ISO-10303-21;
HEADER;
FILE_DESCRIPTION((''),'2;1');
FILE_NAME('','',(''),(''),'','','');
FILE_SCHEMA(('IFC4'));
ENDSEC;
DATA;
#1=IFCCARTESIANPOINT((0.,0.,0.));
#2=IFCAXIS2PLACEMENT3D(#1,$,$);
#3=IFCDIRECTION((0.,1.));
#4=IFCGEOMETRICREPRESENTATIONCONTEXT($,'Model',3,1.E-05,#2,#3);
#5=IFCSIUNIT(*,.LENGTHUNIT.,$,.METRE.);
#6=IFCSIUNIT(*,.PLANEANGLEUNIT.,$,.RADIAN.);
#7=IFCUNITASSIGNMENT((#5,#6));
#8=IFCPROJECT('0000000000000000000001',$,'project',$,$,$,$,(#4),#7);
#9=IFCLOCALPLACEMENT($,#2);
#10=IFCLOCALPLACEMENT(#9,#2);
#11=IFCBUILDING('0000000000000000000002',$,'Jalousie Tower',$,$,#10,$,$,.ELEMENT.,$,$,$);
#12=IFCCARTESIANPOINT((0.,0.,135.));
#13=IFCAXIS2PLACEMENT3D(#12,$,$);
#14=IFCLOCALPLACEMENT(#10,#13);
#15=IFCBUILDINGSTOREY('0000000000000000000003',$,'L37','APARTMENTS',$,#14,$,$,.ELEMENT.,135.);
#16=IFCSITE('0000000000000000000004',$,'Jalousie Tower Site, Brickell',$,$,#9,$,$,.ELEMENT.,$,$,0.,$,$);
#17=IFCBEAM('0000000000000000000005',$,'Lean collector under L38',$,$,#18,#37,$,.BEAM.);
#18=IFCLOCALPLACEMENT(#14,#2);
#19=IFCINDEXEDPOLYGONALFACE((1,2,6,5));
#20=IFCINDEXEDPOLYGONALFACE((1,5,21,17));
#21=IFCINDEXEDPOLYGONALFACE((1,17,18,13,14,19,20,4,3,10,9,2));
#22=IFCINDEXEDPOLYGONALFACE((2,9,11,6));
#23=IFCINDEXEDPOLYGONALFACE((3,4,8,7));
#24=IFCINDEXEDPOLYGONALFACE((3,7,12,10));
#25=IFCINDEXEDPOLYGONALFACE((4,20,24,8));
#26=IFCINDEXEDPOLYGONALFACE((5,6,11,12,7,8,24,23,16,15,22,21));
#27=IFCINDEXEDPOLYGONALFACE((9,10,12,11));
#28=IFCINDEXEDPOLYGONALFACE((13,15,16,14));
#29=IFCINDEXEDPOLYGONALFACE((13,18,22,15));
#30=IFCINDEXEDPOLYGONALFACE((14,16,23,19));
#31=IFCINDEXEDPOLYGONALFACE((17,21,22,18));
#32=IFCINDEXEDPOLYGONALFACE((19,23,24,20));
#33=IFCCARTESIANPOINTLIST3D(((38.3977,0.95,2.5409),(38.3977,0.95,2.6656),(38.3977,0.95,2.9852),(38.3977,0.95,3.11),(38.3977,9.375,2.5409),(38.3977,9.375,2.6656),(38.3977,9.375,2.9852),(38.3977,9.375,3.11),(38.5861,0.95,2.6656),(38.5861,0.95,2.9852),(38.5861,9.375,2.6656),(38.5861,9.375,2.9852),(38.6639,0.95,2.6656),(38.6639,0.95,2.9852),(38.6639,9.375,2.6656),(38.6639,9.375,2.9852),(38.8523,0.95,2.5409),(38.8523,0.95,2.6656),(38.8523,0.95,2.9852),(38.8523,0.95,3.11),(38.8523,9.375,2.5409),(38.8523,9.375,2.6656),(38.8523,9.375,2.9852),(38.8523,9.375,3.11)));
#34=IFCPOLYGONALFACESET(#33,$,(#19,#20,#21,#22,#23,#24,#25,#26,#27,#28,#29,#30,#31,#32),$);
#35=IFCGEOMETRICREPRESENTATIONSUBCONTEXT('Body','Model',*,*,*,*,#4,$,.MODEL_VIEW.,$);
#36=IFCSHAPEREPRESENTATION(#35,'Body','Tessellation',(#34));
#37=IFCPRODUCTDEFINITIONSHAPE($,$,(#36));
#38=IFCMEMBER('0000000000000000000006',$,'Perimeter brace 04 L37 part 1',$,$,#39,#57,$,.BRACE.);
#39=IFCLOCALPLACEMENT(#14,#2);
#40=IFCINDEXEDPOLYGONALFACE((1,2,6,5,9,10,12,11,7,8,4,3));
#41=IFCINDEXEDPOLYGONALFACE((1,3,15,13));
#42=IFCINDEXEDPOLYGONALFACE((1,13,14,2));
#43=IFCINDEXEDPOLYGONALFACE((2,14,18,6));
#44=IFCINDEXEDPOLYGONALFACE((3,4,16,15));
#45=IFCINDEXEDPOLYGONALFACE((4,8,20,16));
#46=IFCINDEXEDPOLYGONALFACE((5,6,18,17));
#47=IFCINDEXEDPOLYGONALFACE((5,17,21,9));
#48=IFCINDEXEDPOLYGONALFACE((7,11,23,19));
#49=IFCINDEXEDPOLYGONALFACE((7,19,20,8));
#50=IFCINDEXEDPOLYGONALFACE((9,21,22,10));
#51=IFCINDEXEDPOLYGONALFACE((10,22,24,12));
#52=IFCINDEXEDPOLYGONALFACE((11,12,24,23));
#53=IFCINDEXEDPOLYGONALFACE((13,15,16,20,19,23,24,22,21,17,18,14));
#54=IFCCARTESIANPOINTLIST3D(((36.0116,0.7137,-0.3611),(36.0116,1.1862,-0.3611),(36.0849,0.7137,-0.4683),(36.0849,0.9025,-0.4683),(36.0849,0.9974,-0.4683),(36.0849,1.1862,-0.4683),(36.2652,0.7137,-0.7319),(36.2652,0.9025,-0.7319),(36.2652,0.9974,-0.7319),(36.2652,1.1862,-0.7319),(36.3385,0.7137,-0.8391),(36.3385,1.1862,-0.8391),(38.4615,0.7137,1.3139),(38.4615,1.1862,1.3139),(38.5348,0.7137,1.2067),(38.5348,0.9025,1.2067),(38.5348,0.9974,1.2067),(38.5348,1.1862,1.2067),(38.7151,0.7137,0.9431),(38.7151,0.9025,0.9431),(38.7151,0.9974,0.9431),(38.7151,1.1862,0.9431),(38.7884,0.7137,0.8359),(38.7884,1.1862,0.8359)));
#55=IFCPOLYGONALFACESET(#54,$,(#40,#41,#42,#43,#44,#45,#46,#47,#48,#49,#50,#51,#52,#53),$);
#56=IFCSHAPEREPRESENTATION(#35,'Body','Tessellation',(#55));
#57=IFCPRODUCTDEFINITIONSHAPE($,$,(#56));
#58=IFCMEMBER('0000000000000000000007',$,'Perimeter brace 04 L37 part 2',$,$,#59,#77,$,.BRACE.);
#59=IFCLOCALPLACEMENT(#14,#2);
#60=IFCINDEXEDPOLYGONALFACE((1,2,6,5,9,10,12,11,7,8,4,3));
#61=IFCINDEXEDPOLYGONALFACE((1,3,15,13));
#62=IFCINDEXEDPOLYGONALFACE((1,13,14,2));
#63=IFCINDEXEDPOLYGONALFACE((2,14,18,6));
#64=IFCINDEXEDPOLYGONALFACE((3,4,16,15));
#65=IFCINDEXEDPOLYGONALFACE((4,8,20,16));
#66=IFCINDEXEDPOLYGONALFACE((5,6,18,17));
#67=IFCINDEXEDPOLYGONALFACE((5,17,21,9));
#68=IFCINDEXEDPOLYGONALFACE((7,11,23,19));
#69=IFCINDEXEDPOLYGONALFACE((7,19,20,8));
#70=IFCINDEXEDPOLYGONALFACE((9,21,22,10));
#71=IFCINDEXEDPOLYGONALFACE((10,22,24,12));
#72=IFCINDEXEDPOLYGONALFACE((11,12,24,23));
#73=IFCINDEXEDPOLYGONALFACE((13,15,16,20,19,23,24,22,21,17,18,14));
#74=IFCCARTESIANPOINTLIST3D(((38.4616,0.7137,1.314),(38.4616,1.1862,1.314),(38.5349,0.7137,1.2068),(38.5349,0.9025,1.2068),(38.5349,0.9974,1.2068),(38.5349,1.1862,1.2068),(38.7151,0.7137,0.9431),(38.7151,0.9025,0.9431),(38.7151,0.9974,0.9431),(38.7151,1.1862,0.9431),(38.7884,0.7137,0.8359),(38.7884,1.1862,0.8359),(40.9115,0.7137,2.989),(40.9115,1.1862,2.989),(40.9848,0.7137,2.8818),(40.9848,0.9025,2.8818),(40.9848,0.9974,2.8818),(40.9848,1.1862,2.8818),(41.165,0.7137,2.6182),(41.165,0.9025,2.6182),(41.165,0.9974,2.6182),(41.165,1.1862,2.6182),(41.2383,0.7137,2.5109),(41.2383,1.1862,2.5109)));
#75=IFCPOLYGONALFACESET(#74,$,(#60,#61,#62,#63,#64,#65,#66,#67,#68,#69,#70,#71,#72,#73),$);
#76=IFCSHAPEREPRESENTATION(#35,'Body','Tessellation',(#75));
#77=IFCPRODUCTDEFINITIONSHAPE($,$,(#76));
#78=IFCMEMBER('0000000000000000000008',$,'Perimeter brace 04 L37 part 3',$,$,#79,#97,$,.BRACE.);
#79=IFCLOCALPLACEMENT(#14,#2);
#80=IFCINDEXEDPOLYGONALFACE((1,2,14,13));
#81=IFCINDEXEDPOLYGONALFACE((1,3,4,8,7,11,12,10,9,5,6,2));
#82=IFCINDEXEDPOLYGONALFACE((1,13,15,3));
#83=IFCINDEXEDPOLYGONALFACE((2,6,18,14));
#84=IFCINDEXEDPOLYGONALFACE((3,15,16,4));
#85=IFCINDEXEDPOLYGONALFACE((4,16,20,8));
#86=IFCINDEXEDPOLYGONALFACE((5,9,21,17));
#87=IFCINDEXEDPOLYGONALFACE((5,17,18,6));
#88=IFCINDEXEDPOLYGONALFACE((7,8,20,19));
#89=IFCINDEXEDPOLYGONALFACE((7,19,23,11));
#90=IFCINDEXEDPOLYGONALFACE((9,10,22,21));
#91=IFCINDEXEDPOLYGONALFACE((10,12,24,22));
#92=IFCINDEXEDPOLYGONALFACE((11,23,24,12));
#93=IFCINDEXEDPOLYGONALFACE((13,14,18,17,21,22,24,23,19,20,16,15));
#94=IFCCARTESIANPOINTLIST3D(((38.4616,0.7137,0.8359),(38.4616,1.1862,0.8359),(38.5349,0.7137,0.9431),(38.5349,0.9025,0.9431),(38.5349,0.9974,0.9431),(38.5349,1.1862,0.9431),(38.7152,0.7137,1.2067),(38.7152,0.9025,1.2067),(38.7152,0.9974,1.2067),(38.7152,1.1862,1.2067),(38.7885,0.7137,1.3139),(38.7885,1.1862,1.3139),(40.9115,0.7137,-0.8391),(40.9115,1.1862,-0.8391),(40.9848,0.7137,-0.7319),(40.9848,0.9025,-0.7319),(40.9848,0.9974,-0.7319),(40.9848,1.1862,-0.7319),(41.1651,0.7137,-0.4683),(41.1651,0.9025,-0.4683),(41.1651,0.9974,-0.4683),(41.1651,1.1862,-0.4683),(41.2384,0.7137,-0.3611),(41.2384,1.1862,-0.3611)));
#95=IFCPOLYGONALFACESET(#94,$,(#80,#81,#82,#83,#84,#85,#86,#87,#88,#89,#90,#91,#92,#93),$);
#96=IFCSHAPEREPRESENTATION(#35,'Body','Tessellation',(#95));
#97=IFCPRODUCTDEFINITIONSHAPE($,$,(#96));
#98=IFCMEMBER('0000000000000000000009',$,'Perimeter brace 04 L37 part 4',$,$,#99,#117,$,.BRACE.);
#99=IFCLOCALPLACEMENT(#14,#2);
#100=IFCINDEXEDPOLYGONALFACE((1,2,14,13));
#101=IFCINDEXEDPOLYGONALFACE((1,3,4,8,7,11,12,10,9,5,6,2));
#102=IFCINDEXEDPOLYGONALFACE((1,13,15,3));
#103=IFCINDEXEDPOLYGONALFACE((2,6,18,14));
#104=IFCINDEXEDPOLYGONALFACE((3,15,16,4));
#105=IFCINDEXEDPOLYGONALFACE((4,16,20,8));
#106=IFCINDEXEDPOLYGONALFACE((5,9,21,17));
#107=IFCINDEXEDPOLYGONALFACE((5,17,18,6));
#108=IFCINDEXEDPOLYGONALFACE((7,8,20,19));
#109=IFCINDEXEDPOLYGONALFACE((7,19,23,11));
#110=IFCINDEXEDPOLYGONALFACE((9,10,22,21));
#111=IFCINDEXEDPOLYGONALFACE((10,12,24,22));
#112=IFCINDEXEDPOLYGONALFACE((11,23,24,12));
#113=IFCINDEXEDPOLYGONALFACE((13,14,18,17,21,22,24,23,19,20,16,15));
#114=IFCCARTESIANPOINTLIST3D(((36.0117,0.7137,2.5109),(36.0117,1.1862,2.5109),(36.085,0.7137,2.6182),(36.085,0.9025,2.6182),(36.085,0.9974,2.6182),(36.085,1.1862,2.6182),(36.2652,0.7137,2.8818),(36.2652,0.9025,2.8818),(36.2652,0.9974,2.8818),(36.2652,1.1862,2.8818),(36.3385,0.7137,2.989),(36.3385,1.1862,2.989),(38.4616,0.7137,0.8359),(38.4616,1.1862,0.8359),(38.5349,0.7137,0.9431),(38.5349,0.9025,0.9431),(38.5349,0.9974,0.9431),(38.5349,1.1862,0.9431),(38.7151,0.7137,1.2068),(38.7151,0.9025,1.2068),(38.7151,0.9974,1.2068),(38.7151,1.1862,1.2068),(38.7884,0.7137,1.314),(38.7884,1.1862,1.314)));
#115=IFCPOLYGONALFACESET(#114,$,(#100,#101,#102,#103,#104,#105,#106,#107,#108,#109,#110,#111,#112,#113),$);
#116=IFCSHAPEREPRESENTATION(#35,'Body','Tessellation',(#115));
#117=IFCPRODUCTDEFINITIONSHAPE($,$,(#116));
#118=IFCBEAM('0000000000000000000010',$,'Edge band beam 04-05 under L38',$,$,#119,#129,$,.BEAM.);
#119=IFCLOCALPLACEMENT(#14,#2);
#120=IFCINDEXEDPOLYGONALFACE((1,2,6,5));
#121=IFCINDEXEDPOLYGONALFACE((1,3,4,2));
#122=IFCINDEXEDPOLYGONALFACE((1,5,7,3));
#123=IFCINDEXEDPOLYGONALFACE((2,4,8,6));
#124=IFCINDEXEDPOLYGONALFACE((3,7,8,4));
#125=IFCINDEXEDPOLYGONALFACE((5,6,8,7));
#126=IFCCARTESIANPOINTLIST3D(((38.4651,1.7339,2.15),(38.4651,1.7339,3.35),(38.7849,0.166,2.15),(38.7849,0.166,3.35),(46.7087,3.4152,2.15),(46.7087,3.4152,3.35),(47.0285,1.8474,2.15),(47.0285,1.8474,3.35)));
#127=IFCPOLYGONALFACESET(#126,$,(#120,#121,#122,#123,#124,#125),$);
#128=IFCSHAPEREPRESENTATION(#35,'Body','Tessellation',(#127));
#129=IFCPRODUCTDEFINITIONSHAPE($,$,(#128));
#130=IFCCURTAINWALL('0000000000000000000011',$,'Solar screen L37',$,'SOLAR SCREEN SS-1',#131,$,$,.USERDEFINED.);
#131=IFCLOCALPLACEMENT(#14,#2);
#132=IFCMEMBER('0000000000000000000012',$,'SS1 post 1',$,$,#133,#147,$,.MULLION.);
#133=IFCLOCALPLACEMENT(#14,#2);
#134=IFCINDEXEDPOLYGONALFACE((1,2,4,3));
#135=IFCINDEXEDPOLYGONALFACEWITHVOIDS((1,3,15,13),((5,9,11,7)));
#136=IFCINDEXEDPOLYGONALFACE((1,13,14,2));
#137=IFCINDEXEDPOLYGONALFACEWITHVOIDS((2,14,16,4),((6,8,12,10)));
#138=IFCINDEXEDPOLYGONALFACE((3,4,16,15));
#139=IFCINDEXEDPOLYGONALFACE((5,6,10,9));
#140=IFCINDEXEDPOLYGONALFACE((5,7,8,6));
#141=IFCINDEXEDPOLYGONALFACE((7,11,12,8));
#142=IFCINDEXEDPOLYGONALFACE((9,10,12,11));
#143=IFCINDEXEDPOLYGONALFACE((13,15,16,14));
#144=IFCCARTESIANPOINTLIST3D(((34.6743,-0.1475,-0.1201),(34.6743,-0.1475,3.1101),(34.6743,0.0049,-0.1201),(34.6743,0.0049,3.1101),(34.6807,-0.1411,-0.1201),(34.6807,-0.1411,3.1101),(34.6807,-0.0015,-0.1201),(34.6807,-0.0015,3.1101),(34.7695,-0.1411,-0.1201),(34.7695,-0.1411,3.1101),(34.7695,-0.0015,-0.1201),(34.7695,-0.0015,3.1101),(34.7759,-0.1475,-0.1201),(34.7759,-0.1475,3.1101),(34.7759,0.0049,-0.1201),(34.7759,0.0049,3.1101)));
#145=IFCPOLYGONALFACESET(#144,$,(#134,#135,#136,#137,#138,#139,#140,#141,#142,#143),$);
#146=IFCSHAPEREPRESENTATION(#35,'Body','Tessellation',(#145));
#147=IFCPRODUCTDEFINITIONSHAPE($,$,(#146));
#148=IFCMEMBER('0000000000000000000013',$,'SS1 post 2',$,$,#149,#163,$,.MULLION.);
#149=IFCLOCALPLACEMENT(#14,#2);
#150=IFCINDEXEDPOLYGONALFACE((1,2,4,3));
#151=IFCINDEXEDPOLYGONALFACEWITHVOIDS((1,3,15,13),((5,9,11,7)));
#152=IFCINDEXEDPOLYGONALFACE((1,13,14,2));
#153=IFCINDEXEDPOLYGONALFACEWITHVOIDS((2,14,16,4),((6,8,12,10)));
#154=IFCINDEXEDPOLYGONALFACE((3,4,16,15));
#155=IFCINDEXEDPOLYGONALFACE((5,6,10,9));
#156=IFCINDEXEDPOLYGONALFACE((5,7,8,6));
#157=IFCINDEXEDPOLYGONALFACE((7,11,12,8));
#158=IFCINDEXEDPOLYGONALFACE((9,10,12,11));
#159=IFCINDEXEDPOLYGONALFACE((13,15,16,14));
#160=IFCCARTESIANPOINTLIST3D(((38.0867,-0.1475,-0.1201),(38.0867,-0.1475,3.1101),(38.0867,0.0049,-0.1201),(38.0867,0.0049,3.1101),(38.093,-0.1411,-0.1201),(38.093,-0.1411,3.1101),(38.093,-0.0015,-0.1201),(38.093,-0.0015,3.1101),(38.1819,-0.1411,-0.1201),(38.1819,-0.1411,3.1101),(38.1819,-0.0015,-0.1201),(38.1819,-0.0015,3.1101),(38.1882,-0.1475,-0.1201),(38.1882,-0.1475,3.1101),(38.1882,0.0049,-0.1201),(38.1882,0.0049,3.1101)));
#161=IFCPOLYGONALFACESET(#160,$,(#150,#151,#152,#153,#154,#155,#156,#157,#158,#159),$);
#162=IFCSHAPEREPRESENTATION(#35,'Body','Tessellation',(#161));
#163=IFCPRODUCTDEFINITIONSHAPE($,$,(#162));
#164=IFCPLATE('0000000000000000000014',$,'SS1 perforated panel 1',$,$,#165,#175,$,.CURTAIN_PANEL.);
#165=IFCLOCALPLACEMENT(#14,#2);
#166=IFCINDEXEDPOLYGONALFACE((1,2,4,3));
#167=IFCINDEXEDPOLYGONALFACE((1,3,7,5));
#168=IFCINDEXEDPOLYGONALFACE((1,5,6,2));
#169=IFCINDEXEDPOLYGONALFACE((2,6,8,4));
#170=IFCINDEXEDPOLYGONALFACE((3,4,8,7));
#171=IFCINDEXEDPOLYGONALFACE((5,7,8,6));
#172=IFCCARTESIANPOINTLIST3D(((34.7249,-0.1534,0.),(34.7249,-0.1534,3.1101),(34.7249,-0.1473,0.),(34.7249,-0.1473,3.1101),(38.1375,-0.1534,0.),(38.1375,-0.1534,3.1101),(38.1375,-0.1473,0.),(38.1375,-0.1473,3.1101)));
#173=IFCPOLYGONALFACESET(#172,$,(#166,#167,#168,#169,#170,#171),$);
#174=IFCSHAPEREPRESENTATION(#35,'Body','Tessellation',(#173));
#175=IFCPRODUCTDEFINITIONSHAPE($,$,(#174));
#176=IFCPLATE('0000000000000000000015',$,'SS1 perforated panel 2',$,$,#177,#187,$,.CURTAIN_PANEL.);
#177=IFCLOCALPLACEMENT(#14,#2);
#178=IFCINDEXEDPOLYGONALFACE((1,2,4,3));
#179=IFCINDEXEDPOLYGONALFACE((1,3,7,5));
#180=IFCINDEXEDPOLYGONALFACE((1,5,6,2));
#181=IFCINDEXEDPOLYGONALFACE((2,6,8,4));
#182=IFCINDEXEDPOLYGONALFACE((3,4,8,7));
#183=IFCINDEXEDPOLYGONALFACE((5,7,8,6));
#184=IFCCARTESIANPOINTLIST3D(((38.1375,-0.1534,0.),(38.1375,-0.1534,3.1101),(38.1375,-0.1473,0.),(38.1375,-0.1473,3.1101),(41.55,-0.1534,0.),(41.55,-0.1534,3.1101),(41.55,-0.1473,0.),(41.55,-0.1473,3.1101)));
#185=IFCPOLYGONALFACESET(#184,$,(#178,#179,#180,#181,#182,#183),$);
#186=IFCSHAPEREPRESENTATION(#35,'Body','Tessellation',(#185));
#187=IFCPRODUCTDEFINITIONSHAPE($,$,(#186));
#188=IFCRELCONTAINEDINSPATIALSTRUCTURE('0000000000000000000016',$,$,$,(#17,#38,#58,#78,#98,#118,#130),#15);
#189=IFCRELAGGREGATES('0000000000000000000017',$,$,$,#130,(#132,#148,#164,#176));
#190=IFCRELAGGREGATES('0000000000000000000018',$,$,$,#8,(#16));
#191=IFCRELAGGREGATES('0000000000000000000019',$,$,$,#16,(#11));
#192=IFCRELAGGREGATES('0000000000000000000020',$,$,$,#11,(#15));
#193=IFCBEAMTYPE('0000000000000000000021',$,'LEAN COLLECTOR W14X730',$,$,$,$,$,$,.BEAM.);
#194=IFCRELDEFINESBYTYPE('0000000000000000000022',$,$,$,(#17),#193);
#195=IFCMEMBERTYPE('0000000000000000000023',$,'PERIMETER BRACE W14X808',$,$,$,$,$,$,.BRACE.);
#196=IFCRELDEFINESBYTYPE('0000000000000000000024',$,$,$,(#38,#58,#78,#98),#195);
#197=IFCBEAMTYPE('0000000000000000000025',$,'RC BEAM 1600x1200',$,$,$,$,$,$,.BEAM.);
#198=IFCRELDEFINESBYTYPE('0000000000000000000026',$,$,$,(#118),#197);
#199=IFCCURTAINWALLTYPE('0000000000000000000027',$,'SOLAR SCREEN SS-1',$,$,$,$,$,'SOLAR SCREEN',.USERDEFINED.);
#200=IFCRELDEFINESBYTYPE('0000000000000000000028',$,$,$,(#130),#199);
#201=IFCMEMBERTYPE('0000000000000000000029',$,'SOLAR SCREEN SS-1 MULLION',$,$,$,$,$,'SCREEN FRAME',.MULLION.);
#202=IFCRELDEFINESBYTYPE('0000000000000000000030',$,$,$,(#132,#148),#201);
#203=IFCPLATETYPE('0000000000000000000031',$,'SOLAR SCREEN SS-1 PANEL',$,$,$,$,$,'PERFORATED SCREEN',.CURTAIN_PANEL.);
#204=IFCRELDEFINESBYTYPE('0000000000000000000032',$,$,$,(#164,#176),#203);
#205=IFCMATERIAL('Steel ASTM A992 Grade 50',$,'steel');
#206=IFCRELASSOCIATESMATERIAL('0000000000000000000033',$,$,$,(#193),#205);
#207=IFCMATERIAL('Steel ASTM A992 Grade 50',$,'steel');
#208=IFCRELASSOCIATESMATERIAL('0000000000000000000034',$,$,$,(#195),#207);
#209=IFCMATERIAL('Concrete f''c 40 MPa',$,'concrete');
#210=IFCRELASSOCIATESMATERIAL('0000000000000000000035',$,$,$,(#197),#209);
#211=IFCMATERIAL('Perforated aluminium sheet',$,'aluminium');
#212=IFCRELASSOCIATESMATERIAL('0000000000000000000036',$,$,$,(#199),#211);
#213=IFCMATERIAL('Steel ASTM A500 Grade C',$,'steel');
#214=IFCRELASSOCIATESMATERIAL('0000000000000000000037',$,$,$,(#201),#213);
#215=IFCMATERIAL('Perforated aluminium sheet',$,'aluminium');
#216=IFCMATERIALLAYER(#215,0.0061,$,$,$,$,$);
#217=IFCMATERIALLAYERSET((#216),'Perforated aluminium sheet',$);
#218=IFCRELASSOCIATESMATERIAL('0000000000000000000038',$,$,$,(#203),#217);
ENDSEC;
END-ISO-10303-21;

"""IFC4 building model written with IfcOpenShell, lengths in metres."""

from ifc_helpers import new_model, si_unit, direction, frame, origin, origin_2d, place, context, subcontext, project, spatial, rectangle, hollow_rectangle, i_section, extrude, material, layer, layer_set, material_profile, profile_set, type_object, element, aggregate, save


model = new_model("IFC4")

# Units and contexts
model_context = context("Model", 3, precision=1e-05, world=origin(), true_north=direction((0.0, 1.0)))
body_context = subcontext(model_context, "Body", "Model", "MODEL_VIEW")
ifc_project = project(units=[si_unit("LENGTHUNIT", "METRE"), si_unit("PLANEANGLEUNIT", "RADIAN")], contexts=[model_context])

# Site, building, storey
site_placement = place(None, origin())
site = spatial("IfcSite", under=ifc_project, at=site_placement, Name="Jalousie Tower Site, Brickell", CompositionType="ELEMENT", RefElevation=0.0)
building_placement = place(site_placement, origin())
building = spatial("IfcBuilding", under=site, at=building_placement, Name="Jalousie Tower", CompositionType="ELEMENT")
storey_placement = place(building_placement, frame((0.0, 0.0, 135.0)))
storey = spatial("IfcBuildingStorey", under=building, at=storey_placement, Name="L37", Description="APARTMENTS", CompositionType="ELEMENT", Elevation=135.0)

# Beam
ifc_material_1 = material(Name="Steel ASTM A992 Grade 50", Category="steel")
ifc_material_profile_1 = material_profile(ifc_material_1, i_section(OverallWidth=0.4546, OverallDepth=0.5691, WebThickness=0.0779, FlangeThickness=0.1248, at=origin_2d()), Name="W14X730")
ifc_profile_set_1 = profile_set([ifc_material_profile_1], Name="Steel ASTM A992 Grade 50")
beam_type_1 = type_object("IfcBeamType", Name="LEAN COLLECTOR W14X730", PredefinedType="BEAM", material=ifc_profile_set_1)
beam_1_placement = place(storey_placement, frame((38.625, 0.95, 2.8254), z_axis=(0.0, 1.0, 0.0), x_axis=(-1.0, 0.0, 0.0)))
element("IfcBeam", 1, at=beam_1_placement, inside=storey, type_object=beam_type_1, Name="Lean collector under L38", PredefinedType="BEAM", context=body_context, shape_type="SweptSolid", body=[
    extrude(i_section(OverallWidth=0.4546, OverallDepth=0.5691, WebThickness=0.0779, FlangeThickness=0.1248, at=origin_2d()), origin(), (0.0, 0.0, 1.0), 8.425),
])

# Members
ifc_material_2 = material(Name="Steel ASTM A992 Grade 50", Category="steel")
ifc_material_profile_2 = material_profile(ifc_material_2, i_section(OverallWidth=0.4724, OverallDepth=0.5791, WebThickness=0.095, FlangeThickness=0.1299, at=origin_2d()), Name="W14X808")
ifc_profile_set_2 = profile_set([ifc_material_profile_2], Name="Steel ASTM A992 Grade 50")
member_type_1 = type_object("IfcMemberType", Name="PERIMETER BRACE W14X808", PredefinedType="BRACE", material=ifc_profile_set_2)
for number, where, z_axis, x_axis, name in (
    (2, (36.175, 0.95, -0.6001), (0.825501, 0.0, 0.564401), (0.0, 1.0, 0.0), "Perimeter brace 04 L37 part 1"),
    (3, (38.625, 0.95, 1.075), (0.825501, 0.0, 0.564401), (0.0, 1.0, 0.0), "Perimeter brace 04 L37 part 2"),
    (4, (41.075, 0.95, -0.6001), (-0.825501, 0.0, 0.564401), (0.0, -1.0, 0.0), "Perimeter brace 04 L37 part 3"),
    (5, (38.625, 0.95, 1.075), (-0.825501, 0.0, 0.564401), (0.0, -1.0, 0.0), "Perimeter brace 04 L37 part 4"),
):
    element("IfcMember", number, at=place(storey_placement, frame(where, z_axis=z_axis, x_axis=x_axis)), inside=storey, type_object=member_type_1, Name=name, PredefinedType="BRACE", context=body_context, shape_type="SweptSolid", body=[
        extrude(i_section(OverallWidth=0.4724, OverallDepth=0.5791, WebThickness=0.095, FlangeThickness=0.1299, at=origin_2d()), origin(), (0.0, 0.0, 1.0), 2.9678),
    ])

# Beam
ifc_material_3 = material(Name="Concrete f'c 40 MPa", Category="concrete")
ifc_material_profile_3 = material_profile(ifc_material_3, rectangle(XDim=1.6001, YDim=1.2, at=origin_2d()), Name="RC 1600x1200")
ifc_profile_set_3 = profile_set([ifc_material_profile_3], Name="Concrete f'c 40 MPa")
beam_type_2 = type_object("IfcBeamType", Name="RC BEAM 1600x1200", PredefinedType="BEAM", material=ifc_profile_set_3)
beam_2_placement = place(storey_placement, frame((38.625, 0.95, 2.75), z_axis=(0.979827, 0.199848, 0.0), x_axis=(-0.199848, 0.979827, 0.0)))
element("IfcBeam", 6, at=beam_2_placement, inside=storey, type_object=beam_type_2, Name="Edge band beam 04-05 under L38", PredefinedType="BEAM", context=body_context, shape_type="SweptSolid", body=[
    extrude(rectangle(XDim=1.6001, YDim=1.2, at=origin_2d()), origin(), (0.0, 0.0, 1.0), 8.4133),
])

# Curtain wall, members, plates
ifc_material_4 = material(Name="Perforated aluminium sheet", Category="aluminium")
curtain_wall_type = type_object("IfcCurtainWallType", Name="SOLAR SCREEN SS-1", ElementType="SOLAR SCREEN", PredefinedType="USERDEFINED", material=ifc_material_4)
curtain_wall_placement = place(storey_placement, origin())
curtain_wall = element("IfcCurtainWall", 7, at=curtain_wall_placement, inside=storey, type_object=curtain_wall_type, Name="Solar screen L37", ObjectType="SOLAR SCREEN SS-1", PredefinedType="USERDEFINED")
ifc_material_5 = material(Name="Steel ASTM A500 Grade C", Category="steel")
ifc_material_profile_4 = material_profile(ifc_material_5, hollow_rectangle(XDim=0.1016, YDim=0.1523, WallThickness=0.0063, at=origin_2d()), Name="HSS6X4X1/4")
ifc_profile_set_4 = profile_set([ifc_material_profile_4], Name="Steel ASTM A500 Grade C")
member_type_2 = type_object("IfcMemberType", Name="SOLAR SCREEN SS-1 MULLION", ElementType="SCREEN FRAME", PredefinedType="MULLION", material=ifc_profile_set_4)
member_1_placement = place(storey_placement, frame((34.7251, -0.0713, -0.1201), z_axis=(0.0, 0.0, 1.0), x_axis=(1.0, 0.0, 0.0)))
member_1 = element("IfcMember", 8, at=member_1_placement, type_object=member_type_2, Name="SS1 post 1", PredefinedType="MULLION", context=body_context, shape_type="SweptSolid", body=[
    extrude(hollow_rectangle(XDim=0.1016, YDim=0.1523, WallThickness=0.0063, at=origin_2d()), origin(), (0.0, 0.0, 1.0), 3.2302),
])
member_2_placement = place(storey_placement, frame((38.1375, -0.0713, -0.1201), z_axis=(0.0, 0.0, 1.0), x_axis=(1.0, 0.0, 0.0)))
member_2 = element("IfcMember", 9, at=member_2_placement, type_object=member_type_2, Name="SS1 post 2", PredefinedType="MULLION", context=body_context, shape_type="SweptSolid", body=[
    extrude(hollow_rectangle(XDim=0.1016, YDim=0.1523, WallThickness=0.0063, at=origin_2d()), origin(), (0.0, 0.0, 1.0), 3.2302),
])
ifc_material_6 = material(Name="Perforated aluminium sheet", Category="aluminium")
ifc_layer_1 = layer(ifc_material_6, 0.0061)
ifc_layer_set_1 = layer_set([ifc_layer_1], Name="Perforated aluminium sheet")
plate_type = type_object("IfcPlateType", Name="SOLAR SCREEN SS-1 PANEL", ElementType="PERFORATED SCREEN", PredefinedType="CURTAIN_PANEL", material=ifc_layer_set_1)
plate_1_placement = place(storey_placement, frame((36.4312, -0.1504, 0.0), z_axis=(0.0, 0.0, 1.0), x_axis=(1.0, 0.0, 0.0)))
plate_1 = element("IfcPlate", 10, at=plate_1_placement, type_object=plate_type, Name="SS1 perforated panel 1", PredefinedType="CURTAIN_PANEL", context=body_context, shape_type="SweptSolid", body=[
    extrude(rectangle(XDim=3.4126, YDim=0.0061, at=origin_2d()), origin(), (0.0, 0.0, 1.0), 3.1101),
])
plate_2_placement = place(storey_placement, frame((39.8438, -0.1504, 0.0), z_axis=(0.0, 0.0, 1.0), x_axis=(1.0, 0.0, 0.0)))
plate_2 = element("IfcPlate", 11, at=plate_2_placement, type_object=plate_type, Name="SS1 perforated panel 2", PredefinedType="CURTAIN_PANEL", context=body_context, shape_type="SweptSolid", body=[
    extrude(rectangle(XDim=3.4126, YDim=0.0061, at=origin_2d()), origin(), (0.0, 0.0, 1.0), 3.1101),
])
aggregate(curtain_wall, [member_1, member_2, plate_1, plate_2])

save(model, "model.ifc")
